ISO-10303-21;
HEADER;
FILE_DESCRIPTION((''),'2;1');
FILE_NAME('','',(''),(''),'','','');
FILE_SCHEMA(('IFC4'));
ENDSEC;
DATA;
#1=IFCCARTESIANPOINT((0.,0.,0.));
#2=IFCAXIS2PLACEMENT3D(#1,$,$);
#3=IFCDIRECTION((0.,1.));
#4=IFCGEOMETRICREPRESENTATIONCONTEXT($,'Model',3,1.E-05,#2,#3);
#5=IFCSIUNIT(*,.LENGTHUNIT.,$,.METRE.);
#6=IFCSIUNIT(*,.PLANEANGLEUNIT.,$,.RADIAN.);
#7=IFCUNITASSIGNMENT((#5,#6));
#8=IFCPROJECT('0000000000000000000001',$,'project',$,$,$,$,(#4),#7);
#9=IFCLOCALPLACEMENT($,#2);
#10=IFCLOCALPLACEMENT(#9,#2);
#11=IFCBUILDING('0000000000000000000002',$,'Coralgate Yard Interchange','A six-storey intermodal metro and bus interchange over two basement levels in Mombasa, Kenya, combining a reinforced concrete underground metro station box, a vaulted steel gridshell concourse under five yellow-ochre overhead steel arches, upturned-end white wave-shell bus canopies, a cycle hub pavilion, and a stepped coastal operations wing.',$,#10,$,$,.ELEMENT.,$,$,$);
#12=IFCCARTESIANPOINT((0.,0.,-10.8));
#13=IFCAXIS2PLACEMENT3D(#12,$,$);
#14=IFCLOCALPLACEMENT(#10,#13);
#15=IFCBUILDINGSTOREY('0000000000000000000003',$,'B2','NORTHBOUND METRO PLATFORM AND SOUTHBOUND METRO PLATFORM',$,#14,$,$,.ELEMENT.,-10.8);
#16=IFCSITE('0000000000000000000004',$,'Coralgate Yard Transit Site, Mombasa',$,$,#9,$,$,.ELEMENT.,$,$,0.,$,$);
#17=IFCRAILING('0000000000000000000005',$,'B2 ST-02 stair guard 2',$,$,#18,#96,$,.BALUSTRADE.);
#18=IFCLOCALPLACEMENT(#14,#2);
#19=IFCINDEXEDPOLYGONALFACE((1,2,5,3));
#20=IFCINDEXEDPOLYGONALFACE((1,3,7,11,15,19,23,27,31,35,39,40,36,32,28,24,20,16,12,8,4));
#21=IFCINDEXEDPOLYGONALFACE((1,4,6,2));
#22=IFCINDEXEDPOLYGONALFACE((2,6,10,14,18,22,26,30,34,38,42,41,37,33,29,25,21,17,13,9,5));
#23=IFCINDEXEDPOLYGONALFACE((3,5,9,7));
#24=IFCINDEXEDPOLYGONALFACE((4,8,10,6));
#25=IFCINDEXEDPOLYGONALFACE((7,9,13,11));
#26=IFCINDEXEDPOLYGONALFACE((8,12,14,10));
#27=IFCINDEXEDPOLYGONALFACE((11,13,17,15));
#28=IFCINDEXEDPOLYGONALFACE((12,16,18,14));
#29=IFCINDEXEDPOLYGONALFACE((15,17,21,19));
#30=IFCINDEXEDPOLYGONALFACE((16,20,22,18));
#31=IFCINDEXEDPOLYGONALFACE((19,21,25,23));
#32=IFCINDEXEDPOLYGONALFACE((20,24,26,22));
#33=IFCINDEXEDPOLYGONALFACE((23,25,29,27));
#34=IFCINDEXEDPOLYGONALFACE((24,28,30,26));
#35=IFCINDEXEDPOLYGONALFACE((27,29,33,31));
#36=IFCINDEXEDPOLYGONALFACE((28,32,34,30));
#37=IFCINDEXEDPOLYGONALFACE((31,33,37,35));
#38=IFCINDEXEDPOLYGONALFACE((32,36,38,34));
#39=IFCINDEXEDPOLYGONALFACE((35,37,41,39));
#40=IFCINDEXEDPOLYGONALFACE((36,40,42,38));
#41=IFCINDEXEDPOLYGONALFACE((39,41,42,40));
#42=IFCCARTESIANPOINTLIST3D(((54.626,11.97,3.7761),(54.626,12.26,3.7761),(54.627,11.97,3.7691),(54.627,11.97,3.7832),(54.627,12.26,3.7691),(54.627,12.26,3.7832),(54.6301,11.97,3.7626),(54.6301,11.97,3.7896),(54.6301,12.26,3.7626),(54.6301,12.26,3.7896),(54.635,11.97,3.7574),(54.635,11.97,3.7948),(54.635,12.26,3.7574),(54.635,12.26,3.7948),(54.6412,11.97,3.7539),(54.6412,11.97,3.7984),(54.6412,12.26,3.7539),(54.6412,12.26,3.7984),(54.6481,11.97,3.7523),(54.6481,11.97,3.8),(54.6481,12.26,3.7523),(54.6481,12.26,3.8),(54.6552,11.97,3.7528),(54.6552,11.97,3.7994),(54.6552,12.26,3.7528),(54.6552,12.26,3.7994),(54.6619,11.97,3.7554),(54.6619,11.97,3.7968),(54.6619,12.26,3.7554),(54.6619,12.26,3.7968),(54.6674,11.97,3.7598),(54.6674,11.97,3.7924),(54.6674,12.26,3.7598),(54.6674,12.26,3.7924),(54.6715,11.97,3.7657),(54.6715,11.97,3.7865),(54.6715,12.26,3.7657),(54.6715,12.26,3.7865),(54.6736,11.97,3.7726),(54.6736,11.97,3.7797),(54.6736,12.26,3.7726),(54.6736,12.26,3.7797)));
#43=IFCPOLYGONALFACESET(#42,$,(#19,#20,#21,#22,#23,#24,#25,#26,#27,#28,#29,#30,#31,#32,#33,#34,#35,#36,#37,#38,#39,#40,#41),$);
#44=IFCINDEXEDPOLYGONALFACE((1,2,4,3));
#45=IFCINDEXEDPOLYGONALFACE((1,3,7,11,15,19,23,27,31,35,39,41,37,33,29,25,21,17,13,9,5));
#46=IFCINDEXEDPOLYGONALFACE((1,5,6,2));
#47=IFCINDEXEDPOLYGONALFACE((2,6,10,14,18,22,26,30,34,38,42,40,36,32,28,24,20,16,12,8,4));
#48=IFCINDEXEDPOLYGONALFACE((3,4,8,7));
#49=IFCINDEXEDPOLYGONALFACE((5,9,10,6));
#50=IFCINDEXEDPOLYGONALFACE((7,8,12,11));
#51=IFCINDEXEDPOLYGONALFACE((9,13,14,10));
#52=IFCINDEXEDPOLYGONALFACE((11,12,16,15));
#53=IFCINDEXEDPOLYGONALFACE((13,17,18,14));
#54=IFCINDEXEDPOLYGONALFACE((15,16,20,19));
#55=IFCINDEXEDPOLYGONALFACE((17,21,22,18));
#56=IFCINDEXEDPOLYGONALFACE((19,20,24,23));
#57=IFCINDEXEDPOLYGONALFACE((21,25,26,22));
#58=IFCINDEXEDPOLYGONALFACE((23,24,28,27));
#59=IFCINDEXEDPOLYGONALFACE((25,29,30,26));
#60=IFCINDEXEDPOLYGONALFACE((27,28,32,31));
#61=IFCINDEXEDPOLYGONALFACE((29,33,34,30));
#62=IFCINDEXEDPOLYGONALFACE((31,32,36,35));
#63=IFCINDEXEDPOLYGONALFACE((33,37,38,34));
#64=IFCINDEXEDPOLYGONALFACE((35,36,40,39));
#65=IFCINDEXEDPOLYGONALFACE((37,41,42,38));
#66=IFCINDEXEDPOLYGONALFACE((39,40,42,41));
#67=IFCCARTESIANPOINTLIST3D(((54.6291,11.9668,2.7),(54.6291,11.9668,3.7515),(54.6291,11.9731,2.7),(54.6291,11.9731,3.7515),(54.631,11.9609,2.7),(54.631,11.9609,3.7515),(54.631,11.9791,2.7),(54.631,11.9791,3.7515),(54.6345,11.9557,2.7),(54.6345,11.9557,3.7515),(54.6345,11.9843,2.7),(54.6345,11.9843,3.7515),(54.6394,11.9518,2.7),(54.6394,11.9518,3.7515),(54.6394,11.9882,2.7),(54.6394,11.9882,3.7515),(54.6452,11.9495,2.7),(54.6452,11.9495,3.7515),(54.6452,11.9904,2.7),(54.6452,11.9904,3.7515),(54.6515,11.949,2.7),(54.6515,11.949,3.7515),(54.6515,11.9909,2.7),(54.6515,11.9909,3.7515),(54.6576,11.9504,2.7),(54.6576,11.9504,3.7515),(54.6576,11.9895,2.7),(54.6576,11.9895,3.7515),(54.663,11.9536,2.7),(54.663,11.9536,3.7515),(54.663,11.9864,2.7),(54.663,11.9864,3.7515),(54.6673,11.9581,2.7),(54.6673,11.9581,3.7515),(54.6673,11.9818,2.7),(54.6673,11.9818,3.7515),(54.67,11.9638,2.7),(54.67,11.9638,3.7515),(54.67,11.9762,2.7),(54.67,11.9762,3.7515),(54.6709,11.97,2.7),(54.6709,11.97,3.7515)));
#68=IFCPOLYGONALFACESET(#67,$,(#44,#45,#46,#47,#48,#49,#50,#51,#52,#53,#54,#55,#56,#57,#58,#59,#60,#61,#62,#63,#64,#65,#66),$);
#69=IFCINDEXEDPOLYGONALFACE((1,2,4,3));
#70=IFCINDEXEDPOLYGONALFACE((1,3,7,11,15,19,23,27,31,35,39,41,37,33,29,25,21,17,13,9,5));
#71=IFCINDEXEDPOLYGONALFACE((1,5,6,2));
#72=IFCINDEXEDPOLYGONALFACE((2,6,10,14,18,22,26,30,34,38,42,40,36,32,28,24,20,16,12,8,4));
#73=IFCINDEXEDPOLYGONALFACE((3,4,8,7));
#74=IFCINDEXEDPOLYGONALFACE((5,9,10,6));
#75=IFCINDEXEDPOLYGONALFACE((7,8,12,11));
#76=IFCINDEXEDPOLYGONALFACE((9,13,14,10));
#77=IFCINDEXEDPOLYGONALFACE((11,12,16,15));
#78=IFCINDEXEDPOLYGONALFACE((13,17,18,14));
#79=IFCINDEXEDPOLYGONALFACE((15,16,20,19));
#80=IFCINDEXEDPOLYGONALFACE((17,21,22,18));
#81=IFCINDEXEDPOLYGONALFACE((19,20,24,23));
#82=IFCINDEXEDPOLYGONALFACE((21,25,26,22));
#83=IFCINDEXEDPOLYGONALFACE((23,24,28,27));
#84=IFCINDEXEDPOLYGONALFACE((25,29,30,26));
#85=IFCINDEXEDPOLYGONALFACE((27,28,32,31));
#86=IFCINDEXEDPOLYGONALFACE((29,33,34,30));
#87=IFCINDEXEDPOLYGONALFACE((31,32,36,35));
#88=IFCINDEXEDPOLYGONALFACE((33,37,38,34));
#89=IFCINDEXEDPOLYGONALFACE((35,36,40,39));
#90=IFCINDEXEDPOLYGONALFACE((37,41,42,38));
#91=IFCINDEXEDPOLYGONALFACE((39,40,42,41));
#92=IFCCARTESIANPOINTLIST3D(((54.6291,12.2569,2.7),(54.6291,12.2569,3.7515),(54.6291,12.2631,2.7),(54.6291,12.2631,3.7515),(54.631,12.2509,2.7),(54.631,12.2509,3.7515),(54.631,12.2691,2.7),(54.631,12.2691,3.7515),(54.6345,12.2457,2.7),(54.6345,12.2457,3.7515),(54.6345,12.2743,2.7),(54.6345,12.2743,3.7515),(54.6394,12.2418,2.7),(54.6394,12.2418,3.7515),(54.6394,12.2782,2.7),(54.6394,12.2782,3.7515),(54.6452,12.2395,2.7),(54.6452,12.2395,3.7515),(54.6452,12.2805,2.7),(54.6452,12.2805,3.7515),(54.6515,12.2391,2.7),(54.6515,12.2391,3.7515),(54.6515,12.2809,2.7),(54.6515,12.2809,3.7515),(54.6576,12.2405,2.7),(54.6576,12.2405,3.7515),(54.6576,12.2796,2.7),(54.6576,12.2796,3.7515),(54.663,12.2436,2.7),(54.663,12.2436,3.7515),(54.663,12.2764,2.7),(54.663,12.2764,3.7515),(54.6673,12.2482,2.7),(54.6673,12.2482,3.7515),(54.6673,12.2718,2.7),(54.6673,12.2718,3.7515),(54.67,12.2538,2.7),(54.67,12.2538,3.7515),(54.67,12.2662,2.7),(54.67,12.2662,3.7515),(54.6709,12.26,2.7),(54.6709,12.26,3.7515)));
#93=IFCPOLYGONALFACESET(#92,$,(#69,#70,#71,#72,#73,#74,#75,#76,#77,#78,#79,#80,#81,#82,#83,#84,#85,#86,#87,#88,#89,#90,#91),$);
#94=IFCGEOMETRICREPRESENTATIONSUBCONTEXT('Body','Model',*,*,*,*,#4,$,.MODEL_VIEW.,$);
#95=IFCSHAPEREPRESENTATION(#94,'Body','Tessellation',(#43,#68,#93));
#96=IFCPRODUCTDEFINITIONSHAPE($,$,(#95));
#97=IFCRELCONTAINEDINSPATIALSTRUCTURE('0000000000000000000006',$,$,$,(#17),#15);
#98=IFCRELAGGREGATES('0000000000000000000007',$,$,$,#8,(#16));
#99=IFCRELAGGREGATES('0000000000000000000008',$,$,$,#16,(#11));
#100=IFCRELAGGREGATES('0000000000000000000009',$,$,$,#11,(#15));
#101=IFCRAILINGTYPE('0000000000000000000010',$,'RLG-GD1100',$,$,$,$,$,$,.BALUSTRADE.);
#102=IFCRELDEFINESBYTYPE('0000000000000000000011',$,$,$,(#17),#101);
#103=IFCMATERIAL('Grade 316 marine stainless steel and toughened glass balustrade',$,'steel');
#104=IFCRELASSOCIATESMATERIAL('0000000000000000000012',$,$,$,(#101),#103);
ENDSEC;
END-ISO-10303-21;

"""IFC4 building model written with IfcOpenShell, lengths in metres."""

from ifc_helpers import new_model, si_unit, direction, frame, origin, origin_2d, place, context, subcontext, project, spatial, circle, extrude, material, type_object, element, save


model = new_model("IFC4")

# Units and contexts
model_context = context("Model", 3, precision=1e-05, world=origin(), true_north=direction((0.0, 1.0)))
body_context = subcontext(model_context, "Body", "Model", "MODEL_VIEW")
ifc_project = project(units=[si_unit("LENGTHUNIT", "METRE"), si_unit("PLANEANGLEUNIT", "RADIAN")], contexts=[model_context])

# Site, building, storey
site_placement = place(None, origin())
site = spatial("IfcSite", under=ifc_project, at=site_placement, Name="Coralgate Yard Transit Site, Mombasa", CompositionType="ELEMENT", RefElevation=0.0)
building_placement = place(site_placement, origin())
building = spatial("IfcBuilding", under=site, at=building_placement, Name="Coralgate Yard Interchange", Description="A six-storey intermodal metro and bus interchange over two basement levels in Mombasa, Kenya, combining a reinforced concrete underground metro station box, a vaulted steel gridshell concourse under five yellow-ochre overhead steel arches, upturned-end white wave-shell bus canopies, a cycle hub pavilion, and a stepped coastal operations wing.", CompositionType="ELEMENT")
storey_placement = place(building_placement, frame((0.0, 0.0, -10.8)))
storey = spatial("IfcBuildingStorey", under=building, at=storey_placement, Name="B2", Description="NORTHBOUND METRO PLATFORM AND SOUTHBOUND METRO PLATFORM", CompositionType="ELEMENT", Elevation=-10.8)

# Railing
ifc_material_1 = material(Name="Grade 316 marine stainless steel and toughened glass balustrade", Category="steel")
railing_type_1 = type_object("IfcRailingType", Name="RLG-GD1100", PredefinedType="BALUSTRADE", material=ifc_material_1)
railing_1_placement = place(storey_placement, frame((54.6499, 11.97, 2.7)))
element("IfcRailing", 1, at=railing_1_placement, inside=storey, type_object=railing_type_1, Name="B2 ST-02 stair guard 2", PredefinedType="BALUSTRADE", context=body_context, shape_type="SweptSolid", body=[
    extrude(circle(Radius=0.0239, at=origin_2d()), frame((0.0, 0.0, 1.0762), z_axis=(0.0, 1.0, 0.0), x_axis=(-1.0, 0.0, 0.0)), (0.0, 0.0, 1.0), 0.29),
    extrude(circle(Radius=0.021, at=origin_2d()), origin(), (0.0, 0.0, 1.0), 1.0515),
    extrude(circle(Radius=0.021, at=origin_2d()), frame((0.0, 0.29, 0.0)), (0.0, 0.0, 1.0), 1.0515),
])

save(model, "model.ifc")
